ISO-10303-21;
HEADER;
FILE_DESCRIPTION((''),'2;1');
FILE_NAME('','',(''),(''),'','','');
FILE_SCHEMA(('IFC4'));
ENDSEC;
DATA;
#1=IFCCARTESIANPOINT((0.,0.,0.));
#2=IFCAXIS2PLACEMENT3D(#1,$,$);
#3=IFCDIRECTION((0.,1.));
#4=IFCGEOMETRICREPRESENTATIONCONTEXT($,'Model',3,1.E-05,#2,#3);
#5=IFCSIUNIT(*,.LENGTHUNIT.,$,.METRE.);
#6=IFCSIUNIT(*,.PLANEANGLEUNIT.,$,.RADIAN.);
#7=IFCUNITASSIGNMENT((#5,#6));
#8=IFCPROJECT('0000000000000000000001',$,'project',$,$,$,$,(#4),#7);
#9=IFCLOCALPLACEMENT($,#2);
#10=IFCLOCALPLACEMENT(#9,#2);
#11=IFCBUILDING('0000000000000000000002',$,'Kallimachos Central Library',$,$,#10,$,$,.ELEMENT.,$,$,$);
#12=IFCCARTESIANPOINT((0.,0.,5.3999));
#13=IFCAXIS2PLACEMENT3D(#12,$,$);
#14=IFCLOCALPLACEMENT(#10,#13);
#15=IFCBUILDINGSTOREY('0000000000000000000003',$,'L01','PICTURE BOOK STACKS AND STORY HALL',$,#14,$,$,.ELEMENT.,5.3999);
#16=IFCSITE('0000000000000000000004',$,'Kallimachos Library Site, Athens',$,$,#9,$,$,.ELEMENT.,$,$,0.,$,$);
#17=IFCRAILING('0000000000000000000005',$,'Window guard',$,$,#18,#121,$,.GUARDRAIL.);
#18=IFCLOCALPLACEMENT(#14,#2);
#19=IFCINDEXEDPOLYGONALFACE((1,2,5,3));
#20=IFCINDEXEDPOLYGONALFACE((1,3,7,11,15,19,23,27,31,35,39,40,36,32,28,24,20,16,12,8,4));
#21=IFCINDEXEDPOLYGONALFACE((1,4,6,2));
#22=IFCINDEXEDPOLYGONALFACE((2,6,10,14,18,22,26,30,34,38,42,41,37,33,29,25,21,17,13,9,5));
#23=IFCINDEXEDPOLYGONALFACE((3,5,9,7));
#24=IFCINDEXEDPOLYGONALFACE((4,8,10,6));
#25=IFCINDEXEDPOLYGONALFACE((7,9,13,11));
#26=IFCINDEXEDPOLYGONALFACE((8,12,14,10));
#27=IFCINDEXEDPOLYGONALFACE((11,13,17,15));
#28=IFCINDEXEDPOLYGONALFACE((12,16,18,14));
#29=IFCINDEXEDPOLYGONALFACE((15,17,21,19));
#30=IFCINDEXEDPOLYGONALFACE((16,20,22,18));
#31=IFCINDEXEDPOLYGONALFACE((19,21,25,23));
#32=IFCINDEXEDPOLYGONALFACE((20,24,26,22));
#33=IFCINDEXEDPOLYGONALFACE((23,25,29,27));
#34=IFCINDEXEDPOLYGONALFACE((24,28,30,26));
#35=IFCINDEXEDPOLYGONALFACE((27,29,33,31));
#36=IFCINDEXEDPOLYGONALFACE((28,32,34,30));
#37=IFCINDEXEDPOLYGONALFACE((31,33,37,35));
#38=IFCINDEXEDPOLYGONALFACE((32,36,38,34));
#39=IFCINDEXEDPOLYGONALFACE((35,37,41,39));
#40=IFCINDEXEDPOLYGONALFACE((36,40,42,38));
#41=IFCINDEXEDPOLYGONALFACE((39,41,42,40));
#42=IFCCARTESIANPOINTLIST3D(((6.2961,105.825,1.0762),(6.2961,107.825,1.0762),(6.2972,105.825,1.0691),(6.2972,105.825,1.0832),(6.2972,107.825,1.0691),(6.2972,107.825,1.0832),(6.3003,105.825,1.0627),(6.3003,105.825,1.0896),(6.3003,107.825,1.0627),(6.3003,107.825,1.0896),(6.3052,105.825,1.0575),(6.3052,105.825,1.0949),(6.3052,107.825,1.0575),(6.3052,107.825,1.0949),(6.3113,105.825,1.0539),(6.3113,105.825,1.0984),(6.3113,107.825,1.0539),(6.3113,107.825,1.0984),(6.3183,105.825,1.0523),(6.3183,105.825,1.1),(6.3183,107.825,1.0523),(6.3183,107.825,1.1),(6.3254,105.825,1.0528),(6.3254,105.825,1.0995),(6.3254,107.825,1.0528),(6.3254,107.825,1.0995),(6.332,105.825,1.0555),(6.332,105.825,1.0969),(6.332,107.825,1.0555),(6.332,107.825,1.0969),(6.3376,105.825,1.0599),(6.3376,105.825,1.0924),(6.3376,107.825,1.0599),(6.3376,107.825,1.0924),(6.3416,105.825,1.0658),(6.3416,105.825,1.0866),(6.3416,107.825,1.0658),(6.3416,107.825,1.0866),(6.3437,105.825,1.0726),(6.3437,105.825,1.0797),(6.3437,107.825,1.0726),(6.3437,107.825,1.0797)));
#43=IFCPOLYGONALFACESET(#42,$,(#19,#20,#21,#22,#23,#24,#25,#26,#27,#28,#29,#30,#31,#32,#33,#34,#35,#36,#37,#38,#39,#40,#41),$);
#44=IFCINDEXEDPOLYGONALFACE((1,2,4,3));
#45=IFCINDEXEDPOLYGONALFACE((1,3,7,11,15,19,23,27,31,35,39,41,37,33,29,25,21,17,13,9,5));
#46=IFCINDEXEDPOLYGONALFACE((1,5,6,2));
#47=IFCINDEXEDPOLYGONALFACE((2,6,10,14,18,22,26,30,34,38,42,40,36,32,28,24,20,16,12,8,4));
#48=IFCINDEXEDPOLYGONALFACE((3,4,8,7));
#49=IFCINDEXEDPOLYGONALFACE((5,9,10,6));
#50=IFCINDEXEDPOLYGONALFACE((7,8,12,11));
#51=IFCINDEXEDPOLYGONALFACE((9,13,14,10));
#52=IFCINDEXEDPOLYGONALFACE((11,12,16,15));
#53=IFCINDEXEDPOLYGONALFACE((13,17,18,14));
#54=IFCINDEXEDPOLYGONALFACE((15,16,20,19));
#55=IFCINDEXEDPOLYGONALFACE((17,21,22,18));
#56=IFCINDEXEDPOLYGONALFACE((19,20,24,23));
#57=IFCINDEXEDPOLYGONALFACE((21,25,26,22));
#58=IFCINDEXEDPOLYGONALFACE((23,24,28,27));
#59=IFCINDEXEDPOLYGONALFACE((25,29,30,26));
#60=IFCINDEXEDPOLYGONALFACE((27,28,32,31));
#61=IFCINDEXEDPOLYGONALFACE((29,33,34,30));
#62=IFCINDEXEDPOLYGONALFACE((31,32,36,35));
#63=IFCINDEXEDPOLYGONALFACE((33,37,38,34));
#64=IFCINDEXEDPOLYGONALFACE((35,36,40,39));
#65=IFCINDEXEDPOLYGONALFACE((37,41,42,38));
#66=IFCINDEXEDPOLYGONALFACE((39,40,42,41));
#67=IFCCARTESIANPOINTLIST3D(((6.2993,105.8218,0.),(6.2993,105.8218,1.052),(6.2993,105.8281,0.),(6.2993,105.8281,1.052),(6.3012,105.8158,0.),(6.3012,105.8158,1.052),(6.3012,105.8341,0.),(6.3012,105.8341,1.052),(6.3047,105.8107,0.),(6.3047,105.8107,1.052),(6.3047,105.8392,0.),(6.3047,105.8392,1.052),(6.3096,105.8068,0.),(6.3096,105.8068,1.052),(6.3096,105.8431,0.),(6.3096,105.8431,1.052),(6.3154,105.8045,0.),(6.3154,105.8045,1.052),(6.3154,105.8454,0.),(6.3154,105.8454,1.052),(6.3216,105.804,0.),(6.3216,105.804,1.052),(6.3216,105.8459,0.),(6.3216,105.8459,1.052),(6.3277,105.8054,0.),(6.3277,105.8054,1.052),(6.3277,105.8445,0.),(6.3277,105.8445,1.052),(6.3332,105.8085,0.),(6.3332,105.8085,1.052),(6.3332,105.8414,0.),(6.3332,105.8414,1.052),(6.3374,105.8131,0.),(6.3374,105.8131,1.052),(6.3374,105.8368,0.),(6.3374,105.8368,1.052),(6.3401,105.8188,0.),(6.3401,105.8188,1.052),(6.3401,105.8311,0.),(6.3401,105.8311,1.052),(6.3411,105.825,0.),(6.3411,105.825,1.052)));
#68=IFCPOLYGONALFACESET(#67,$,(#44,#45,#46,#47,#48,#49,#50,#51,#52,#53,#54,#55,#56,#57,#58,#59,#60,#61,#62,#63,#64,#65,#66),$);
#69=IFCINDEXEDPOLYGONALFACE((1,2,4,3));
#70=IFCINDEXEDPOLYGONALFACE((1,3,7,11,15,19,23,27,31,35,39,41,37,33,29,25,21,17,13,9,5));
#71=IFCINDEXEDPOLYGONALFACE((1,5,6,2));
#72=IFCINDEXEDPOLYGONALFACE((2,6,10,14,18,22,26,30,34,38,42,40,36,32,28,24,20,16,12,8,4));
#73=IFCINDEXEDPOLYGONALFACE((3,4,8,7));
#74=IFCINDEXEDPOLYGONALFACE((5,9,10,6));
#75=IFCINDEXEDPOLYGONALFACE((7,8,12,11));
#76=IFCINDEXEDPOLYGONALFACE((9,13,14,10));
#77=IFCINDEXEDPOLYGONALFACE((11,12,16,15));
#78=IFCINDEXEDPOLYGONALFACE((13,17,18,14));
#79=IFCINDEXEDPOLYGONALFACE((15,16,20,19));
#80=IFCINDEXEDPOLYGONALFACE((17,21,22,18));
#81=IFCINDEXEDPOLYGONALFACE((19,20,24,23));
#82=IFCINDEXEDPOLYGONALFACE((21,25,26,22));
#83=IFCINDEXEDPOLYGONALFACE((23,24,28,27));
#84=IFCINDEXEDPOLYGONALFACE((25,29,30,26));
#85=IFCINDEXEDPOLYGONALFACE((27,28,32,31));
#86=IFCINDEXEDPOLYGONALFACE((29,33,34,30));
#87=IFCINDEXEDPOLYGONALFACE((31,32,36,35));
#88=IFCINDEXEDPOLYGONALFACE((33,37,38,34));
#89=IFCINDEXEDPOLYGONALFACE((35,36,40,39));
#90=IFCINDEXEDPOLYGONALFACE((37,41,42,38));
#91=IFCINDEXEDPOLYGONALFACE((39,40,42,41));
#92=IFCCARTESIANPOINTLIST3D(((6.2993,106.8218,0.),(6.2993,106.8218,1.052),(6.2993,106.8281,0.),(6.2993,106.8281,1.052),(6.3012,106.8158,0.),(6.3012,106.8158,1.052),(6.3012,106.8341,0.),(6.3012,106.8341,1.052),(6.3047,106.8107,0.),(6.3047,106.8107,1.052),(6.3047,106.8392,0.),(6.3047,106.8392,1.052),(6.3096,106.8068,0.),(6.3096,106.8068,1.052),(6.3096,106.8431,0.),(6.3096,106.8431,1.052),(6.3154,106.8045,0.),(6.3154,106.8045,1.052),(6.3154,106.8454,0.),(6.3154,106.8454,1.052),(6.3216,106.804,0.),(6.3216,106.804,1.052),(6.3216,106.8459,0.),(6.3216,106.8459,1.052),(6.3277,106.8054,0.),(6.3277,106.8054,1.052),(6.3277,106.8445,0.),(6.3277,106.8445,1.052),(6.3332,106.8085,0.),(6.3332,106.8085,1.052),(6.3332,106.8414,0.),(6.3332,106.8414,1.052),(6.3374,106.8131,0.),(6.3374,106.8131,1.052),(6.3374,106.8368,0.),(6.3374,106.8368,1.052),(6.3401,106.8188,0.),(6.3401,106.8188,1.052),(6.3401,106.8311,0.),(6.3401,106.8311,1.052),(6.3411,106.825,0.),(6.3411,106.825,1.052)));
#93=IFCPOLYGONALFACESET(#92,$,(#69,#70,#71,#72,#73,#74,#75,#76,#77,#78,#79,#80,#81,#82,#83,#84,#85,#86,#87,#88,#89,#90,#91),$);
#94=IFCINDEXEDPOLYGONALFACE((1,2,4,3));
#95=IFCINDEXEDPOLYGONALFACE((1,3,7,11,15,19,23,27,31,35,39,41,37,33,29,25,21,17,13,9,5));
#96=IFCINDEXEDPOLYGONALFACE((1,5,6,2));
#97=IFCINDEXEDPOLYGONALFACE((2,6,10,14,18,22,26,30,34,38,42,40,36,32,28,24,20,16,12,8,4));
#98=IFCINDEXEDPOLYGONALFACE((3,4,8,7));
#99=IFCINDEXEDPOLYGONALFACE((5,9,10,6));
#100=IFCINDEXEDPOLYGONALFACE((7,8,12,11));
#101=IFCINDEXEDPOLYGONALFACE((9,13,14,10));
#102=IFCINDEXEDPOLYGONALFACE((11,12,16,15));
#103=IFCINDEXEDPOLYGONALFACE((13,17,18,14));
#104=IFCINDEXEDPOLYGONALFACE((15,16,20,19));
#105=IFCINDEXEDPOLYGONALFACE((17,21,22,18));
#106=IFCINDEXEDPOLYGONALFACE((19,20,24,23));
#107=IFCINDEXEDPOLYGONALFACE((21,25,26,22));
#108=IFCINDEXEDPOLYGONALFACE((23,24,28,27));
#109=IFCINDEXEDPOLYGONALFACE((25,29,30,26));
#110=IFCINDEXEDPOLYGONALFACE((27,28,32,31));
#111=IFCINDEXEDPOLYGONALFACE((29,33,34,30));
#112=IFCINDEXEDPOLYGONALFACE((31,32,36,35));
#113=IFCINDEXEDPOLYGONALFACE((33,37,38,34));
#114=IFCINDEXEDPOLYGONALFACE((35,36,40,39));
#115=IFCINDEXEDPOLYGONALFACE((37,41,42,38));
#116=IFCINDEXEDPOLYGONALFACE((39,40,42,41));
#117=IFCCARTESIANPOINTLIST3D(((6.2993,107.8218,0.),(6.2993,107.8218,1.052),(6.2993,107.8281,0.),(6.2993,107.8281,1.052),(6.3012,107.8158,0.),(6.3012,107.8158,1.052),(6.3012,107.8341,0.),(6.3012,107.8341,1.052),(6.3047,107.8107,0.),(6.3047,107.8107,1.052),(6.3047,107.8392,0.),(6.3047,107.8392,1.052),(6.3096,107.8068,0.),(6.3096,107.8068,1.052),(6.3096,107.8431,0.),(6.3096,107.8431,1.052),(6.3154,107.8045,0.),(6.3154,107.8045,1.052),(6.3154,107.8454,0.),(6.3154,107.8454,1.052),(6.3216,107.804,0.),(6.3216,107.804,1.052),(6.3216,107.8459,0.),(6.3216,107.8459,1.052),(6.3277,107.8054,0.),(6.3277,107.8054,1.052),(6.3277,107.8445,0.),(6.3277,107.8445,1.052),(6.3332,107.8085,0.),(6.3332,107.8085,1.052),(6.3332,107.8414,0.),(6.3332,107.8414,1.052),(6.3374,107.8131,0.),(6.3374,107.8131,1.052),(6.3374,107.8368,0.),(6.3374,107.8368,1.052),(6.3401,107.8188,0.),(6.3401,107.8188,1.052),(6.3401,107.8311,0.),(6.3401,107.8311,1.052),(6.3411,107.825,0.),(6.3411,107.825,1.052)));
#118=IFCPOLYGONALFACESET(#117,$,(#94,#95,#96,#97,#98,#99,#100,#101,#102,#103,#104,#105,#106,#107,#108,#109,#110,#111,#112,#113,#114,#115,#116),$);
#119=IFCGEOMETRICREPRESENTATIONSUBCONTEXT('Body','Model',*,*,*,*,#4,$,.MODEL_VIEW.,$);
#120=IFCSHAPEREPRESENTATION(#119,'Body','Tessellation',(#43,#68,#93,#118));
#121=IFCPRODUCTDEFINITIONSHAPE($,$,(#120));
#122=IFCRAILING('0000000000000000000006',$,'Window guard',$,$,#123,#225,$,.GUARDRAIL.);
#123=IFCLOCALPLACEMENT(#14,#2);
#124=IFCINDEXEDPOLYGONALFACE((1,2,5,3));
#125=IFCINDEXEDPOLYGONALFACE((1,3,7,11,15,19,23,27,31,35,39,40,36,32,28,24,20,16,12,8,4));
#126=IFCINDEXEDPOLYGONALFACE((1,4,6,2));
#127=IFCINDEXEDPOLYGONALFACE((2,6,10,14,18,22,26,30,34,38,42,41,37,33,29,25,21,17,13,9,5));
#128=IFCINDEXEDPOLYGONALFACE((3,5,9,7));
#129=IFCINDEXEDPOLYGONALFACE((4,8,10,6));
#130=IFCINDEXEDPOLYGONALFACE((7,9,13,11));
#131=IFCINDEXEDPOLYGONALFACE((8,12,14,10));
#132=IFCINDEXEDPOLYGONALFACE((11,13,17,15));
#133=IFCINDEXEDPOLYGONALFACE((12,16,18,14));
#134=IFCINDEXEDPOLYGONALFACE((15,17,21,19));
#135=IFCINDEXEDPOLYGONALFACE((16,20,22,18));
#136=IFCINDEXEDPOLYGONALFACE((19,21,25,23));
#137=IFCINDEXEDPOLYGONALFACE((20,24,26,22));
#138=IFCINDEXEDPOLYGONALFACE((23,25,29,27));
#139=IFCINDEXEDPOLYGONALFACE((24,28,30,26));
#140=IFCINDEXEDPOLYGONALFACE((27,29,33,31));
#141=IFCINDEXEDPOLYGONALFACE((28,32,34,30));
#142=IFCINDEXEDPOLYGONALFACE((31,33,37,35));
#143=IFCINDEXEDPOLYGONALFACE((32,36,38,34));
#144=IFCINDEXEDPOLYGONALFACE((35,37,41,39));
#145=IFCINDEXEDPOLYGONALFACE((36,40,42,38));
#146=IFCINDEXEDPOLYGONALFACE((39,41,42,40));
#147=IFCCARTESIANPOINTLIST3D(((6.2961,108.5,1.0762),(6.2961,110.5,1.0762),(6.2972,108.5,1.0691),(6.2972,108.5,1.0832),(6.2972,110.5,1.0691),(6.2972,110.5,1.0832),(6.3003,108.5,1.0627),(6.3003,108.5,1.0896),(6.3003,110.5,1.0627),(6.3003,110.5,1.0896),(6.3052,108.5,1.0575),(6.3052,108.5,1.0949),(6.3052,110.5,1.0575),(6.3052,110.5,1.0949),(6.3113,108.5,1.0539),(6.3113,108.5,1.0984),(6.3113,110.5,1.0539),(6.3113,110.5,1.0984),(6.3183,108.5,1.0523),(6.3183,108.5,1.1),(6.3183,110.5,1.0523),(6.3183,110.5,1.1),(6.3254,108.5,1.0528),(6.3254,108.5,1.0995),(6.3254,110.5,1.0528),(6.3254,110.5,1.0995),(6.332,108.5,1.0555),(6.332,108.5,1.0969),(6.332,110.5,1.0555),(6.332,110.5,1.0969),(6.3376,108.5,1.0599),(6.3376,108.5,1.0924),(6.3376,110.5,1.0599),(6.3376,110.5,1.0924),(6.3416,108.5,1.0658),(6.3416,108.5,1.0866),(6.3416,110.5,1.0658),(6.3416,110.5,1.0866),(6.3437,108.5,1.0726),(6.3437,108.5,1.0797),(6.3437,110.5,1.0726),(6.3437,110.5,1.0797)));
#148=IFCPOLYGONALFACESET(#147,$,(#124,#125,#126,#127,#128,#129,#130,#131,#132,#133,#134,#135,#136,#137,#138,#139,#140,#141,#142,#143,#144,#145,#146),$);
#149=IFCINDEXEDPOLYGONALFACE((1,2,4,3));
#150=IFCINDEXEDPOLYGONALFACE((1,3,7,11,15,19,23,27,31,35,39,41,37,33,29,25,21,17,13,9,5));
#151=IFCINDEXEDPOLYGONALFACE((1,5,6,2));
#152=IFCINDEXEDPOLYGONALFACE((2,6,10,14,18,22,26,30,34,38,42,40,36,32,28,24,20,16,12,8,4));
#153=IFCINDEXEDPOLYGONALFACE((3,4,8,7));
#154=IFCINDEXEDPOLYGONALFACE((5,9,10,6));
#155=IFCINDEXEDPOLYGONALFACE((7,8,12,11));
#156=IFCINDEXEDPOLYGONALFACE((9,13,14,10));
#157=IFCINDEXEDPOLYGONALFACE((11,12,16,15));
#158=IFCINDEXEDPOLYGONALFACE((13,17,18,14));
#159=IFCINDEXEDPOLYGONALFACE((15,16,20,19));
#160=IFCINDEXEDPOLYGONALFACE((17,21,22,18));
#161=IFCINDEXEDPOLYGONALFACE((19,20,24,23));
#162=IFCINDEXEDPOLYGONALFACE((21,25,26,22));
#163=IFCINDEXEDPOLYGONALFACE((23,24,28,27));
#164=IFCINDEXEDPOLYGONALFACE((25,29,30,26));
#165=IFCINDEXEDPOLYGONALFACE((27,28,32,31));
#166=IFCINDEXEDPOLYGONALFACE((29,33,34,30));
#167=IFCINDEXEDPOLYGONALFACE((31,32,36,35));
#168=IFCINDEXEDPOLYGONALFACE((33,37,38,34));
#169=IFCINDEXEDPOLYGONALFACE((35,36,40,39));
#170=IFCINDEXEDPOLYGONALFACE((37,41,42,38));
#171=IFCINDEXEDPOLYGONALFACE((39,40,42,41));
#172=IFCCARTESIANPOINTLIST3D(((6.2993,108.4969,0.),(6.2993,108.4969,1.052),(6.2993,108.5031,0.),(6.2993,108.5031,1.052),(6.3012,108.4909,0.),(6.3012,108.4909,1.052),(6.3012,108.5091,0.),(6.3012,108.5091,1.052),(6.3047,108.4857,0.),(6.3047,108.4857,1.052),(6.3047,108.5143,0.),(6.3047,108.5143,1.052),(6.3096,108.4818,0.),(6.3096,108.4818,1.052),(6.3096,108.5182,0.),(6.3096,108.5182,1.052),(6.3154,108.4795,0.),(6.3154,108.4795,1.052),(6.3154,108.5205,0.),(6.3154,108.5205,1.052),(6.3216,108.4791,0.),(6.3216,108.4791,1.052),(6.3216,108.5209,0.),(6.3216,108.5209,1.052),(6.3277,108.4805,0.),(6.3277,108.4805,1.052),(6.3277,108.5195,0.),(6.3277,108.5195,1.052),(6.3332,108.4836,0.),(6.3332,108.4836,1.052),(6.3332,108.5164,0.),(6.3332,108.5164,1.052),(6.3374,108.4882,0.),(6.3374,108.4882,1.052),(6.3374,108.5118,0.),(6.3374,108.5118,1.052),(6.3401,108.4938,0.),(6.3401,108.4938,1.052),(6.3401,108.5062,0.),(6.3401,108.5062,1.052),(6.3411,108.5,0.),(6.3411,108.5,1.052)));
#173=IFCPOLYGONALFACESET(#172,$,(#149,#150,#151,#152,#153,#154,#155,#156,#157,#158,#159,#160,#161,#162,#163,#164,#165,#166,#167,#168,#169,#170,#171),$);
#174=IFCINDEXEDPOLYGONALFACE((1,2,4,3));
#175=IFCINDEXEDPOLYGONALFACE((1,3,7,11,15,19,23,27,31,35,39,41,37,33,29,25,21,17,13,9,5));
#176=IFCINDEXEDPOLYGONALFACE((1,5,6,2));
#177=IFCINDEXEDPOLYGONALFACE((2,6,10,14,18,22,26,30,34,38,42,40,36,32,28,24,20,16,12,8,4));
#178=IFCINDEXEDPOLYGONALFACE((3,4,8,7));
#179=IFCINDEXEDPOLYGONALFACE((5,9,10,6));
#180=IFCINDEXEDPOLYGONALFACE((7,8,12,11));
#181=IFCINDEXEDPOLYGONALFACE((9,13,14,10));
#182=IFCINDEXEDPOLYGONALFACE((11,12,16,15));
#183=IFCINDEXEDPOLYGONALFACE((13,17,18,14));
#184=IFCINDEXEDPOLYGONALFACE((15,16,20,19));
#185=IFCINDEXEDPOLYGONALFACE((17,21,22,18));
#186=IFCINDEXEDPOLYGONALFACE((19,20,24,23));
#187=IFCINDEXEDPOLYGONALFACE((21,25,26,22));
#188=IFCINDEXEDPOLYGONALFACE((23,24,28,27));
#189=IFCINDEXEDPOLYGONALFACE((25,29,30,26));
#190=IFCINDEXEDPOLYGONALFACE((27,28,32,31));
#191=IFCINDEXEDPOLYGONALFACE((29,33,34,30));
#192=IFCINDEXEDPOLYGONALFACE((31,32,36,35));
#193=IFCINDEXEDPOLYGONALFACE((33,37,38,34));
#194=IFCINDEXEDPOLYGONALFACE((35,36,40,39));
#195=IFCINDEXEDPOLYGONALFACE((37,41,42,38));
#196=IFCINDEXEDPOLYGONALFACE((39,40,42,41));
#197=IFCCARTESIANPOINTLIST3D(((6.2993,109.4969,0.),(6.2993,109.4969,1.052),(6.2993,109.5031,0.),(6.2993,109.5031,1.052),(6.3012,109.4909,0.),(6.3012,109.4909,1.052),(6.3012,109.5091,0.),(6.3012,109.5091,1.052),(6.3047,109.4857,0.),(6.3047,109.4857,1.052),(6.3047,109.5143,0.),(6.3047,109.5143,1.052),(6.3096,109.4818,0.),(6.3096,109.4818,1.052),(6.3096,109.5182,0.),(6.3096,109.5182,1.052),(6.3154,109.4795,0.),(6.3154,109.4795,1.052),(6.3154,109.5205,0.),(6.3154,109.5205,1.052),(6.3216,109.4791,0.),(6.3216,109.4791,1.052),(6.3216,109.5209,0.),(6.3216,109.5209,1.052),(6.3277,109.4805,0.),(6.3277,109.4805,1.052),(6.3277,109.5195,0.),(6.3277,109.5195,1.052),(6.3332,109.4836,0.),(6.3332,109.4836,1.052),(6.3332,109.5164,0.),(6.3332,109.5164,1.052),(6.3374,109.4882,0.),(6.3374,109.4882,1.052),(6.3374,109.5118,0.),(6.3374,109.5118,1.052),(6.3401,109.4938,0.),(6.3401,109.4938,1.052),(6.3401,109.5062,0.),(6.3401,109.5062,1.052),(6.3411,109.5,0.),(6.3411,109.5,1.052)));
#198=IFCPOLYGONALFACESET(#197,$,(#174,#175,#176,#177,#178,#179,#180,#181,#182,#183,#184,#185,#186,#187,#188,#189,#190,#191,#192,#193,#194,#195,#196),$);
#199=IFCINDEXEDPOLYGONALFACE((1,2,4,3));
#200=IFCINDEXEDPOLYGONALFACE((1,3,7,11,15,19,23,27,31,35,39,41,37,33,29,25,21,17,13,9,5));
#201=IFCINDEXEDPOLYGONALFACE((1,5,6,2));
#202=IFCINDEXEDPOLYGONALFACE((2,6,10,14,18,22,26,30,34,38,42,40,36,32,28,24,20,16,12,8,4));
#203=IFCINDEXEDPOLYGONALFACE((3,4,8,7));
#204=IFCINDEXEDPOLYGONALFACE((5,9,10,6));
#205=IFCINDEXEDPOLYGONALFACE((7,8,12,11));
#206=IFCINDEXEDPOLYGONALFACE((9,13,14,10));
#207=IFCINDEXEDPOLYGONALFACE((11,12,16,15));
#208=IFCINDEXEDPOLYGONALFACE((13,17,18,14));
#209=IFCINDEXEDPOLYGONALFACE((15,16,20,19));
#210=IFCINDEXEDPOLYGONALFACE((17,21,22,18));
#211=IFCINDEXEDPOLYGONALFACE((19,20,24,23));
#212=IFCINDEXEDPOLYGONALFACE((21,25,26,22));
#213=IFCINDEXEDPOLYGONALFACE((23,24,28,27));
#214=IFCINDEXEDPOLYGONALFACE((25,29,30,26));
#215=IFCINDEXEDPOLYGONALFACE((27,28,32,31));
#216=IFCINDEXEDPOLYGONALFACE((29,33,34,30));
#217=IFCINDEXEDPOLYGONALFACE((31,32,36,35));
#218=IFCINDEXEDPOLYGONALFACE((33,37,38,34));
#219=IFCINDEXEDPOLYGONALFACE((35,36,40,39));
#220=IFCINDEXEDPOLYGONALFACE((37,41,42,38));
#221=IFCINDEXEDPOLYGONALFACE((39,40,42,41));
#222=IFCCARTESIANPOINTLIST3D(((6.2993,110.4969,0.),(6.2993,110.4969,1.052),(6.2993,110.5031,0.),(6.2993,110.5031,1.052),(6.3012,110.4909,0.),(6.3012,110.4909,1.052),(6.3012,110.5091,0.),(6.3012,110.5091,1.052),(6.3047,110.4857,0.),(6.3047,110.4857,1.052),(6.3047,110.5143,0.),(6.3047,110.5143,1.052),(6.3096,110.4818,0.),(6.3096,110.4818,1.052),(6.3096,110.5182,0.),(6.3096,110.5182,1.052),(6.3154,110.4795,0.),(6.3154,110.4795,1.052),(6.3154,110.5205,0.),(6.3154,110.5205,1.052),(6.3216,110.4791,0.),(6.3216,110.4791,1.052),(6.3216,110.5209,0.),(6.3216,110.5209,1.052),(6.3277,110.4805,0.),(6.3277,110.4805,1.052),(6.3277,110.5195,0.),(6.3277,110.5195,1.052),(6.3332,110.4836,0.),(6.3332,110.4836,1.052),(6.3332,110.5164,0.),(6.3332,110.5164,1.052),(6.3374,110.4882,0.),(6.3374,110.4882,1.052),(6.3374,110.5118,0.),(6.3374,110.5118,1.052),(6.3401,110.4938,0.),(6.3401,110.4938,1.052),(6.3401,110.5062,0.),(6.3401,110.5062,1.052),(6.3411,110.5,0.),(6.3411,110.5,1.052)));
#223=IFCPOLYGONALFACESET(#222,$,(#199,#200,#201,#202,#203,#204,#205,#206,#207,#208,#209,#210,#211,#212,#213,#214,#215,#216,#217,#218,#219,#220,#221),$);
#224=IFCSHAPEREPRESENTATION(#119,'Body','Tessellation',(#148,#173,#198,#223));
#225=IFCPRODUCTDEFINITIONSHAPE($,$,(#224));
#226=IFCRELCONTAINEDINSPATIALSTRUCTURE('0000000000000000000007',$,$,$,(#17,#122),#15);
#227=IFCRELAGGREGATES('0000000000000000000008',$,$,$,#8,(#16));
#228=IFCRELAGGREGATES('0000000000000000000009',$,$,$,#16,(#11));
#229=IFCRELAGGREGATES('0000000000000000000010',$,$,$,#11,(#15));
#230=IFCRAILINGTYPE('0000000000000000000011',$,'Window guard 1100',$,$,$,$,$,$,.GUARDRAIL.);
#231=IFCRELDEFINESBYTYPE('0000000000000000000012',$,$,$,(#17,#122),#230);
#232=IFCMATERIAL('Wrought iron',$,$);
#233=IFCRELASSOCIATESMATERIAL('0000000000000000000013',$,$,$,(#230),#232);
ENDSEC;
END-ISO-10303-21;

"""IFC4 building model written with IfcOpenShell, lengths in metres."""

from ifc_helpers import new_model, si_unit, direction, frame, origin, origin_2d, place, context, subcontext, project, spatial, circle, extrude, material, type_object, element, save


model = new_model("IFC4")

# Units and contexts
model_context = context("Model", 3, precision=1e-05, world=origin(), true_north=direction((0.0, 1.0)))
body_context = subcontext(model_context, "Body", "Model", "MODEL_VIEW")
ifc_project = project(units=[si_unit("LENGTHUNIT", "METRE"), si_unit("PLANEANGLEUNIT", "RADIAN")], contexts=[model_context])

# Site, building, storey
site_placement = place(None, origin())
site = spatial("IfcSite", under=ifc_project, at=site_placement, Name="Kallimachos Library Site, Athens", CompositionType="ELEMENT", RefElevation=0.0)
building_placement = place(site_placement, origin())
building = spatial("IfcBuilding", under=site, at=building_placement, Name="Kallimachos Central Library", CompositionType="ELEMENT")
storey_placement = place(building_placement, frame((0.0, 0.0, 5.3999)))
storey = spatial("IfcBuildingStorey", under=building, at=storey_placement, Name="L01", Description="PICTURE BOOK STACKS AND STORY HALL", CompositionType="ELEMENT", Elevation=5.3999)

# Railings
ifc_material_1 = material(Name="Wrought iron")
railing_type = type_object("IfcRailingType", Name="Window guard 1100", PredefinedType="GUARDRAIL", material=ifc_material_1)
for number, where, name in (
    (1, (6.3201, 105.825, 0.0), "Window guard"),
    (2, (6.3201, 108.5, 0.0), "Window guard"),
):
    element("IfcRailing", number, at=place(storey_placement, frame(where)), inside=storey, type_object=railing_type, Name=name, PredefinedType="GUARDRAIL", context=body_context, shape_type="SweptSolid", body=[
        extrude(circle(Radius=0.0239, at=origin_2d()), frame((0.0, 0.0, 1.0762), z_axis=(0.0, 1.0, 0.0), x_axis=(-1.0, 0.0, 0.0)), (0.0, 0.0, 1.0), 2.0),
        extrude(circle(Radius=0.021, at=origin_2d()), origin(), (0.0, 0.0, 1.0), 1.052),
        extrude(circle(Radius=0.021, at=origin_2d()), frame((0.0, 1.0, 0.0)), (0.0, 0.0, 1.0), 1.052),
        extrude(circle(Radius=0.021, at=origin_2d()), frame((0.0, 2.0, 0.0)), (0.0, 0.0, 1.0), 1.052),
    ])

save(model, "model.ifc")
